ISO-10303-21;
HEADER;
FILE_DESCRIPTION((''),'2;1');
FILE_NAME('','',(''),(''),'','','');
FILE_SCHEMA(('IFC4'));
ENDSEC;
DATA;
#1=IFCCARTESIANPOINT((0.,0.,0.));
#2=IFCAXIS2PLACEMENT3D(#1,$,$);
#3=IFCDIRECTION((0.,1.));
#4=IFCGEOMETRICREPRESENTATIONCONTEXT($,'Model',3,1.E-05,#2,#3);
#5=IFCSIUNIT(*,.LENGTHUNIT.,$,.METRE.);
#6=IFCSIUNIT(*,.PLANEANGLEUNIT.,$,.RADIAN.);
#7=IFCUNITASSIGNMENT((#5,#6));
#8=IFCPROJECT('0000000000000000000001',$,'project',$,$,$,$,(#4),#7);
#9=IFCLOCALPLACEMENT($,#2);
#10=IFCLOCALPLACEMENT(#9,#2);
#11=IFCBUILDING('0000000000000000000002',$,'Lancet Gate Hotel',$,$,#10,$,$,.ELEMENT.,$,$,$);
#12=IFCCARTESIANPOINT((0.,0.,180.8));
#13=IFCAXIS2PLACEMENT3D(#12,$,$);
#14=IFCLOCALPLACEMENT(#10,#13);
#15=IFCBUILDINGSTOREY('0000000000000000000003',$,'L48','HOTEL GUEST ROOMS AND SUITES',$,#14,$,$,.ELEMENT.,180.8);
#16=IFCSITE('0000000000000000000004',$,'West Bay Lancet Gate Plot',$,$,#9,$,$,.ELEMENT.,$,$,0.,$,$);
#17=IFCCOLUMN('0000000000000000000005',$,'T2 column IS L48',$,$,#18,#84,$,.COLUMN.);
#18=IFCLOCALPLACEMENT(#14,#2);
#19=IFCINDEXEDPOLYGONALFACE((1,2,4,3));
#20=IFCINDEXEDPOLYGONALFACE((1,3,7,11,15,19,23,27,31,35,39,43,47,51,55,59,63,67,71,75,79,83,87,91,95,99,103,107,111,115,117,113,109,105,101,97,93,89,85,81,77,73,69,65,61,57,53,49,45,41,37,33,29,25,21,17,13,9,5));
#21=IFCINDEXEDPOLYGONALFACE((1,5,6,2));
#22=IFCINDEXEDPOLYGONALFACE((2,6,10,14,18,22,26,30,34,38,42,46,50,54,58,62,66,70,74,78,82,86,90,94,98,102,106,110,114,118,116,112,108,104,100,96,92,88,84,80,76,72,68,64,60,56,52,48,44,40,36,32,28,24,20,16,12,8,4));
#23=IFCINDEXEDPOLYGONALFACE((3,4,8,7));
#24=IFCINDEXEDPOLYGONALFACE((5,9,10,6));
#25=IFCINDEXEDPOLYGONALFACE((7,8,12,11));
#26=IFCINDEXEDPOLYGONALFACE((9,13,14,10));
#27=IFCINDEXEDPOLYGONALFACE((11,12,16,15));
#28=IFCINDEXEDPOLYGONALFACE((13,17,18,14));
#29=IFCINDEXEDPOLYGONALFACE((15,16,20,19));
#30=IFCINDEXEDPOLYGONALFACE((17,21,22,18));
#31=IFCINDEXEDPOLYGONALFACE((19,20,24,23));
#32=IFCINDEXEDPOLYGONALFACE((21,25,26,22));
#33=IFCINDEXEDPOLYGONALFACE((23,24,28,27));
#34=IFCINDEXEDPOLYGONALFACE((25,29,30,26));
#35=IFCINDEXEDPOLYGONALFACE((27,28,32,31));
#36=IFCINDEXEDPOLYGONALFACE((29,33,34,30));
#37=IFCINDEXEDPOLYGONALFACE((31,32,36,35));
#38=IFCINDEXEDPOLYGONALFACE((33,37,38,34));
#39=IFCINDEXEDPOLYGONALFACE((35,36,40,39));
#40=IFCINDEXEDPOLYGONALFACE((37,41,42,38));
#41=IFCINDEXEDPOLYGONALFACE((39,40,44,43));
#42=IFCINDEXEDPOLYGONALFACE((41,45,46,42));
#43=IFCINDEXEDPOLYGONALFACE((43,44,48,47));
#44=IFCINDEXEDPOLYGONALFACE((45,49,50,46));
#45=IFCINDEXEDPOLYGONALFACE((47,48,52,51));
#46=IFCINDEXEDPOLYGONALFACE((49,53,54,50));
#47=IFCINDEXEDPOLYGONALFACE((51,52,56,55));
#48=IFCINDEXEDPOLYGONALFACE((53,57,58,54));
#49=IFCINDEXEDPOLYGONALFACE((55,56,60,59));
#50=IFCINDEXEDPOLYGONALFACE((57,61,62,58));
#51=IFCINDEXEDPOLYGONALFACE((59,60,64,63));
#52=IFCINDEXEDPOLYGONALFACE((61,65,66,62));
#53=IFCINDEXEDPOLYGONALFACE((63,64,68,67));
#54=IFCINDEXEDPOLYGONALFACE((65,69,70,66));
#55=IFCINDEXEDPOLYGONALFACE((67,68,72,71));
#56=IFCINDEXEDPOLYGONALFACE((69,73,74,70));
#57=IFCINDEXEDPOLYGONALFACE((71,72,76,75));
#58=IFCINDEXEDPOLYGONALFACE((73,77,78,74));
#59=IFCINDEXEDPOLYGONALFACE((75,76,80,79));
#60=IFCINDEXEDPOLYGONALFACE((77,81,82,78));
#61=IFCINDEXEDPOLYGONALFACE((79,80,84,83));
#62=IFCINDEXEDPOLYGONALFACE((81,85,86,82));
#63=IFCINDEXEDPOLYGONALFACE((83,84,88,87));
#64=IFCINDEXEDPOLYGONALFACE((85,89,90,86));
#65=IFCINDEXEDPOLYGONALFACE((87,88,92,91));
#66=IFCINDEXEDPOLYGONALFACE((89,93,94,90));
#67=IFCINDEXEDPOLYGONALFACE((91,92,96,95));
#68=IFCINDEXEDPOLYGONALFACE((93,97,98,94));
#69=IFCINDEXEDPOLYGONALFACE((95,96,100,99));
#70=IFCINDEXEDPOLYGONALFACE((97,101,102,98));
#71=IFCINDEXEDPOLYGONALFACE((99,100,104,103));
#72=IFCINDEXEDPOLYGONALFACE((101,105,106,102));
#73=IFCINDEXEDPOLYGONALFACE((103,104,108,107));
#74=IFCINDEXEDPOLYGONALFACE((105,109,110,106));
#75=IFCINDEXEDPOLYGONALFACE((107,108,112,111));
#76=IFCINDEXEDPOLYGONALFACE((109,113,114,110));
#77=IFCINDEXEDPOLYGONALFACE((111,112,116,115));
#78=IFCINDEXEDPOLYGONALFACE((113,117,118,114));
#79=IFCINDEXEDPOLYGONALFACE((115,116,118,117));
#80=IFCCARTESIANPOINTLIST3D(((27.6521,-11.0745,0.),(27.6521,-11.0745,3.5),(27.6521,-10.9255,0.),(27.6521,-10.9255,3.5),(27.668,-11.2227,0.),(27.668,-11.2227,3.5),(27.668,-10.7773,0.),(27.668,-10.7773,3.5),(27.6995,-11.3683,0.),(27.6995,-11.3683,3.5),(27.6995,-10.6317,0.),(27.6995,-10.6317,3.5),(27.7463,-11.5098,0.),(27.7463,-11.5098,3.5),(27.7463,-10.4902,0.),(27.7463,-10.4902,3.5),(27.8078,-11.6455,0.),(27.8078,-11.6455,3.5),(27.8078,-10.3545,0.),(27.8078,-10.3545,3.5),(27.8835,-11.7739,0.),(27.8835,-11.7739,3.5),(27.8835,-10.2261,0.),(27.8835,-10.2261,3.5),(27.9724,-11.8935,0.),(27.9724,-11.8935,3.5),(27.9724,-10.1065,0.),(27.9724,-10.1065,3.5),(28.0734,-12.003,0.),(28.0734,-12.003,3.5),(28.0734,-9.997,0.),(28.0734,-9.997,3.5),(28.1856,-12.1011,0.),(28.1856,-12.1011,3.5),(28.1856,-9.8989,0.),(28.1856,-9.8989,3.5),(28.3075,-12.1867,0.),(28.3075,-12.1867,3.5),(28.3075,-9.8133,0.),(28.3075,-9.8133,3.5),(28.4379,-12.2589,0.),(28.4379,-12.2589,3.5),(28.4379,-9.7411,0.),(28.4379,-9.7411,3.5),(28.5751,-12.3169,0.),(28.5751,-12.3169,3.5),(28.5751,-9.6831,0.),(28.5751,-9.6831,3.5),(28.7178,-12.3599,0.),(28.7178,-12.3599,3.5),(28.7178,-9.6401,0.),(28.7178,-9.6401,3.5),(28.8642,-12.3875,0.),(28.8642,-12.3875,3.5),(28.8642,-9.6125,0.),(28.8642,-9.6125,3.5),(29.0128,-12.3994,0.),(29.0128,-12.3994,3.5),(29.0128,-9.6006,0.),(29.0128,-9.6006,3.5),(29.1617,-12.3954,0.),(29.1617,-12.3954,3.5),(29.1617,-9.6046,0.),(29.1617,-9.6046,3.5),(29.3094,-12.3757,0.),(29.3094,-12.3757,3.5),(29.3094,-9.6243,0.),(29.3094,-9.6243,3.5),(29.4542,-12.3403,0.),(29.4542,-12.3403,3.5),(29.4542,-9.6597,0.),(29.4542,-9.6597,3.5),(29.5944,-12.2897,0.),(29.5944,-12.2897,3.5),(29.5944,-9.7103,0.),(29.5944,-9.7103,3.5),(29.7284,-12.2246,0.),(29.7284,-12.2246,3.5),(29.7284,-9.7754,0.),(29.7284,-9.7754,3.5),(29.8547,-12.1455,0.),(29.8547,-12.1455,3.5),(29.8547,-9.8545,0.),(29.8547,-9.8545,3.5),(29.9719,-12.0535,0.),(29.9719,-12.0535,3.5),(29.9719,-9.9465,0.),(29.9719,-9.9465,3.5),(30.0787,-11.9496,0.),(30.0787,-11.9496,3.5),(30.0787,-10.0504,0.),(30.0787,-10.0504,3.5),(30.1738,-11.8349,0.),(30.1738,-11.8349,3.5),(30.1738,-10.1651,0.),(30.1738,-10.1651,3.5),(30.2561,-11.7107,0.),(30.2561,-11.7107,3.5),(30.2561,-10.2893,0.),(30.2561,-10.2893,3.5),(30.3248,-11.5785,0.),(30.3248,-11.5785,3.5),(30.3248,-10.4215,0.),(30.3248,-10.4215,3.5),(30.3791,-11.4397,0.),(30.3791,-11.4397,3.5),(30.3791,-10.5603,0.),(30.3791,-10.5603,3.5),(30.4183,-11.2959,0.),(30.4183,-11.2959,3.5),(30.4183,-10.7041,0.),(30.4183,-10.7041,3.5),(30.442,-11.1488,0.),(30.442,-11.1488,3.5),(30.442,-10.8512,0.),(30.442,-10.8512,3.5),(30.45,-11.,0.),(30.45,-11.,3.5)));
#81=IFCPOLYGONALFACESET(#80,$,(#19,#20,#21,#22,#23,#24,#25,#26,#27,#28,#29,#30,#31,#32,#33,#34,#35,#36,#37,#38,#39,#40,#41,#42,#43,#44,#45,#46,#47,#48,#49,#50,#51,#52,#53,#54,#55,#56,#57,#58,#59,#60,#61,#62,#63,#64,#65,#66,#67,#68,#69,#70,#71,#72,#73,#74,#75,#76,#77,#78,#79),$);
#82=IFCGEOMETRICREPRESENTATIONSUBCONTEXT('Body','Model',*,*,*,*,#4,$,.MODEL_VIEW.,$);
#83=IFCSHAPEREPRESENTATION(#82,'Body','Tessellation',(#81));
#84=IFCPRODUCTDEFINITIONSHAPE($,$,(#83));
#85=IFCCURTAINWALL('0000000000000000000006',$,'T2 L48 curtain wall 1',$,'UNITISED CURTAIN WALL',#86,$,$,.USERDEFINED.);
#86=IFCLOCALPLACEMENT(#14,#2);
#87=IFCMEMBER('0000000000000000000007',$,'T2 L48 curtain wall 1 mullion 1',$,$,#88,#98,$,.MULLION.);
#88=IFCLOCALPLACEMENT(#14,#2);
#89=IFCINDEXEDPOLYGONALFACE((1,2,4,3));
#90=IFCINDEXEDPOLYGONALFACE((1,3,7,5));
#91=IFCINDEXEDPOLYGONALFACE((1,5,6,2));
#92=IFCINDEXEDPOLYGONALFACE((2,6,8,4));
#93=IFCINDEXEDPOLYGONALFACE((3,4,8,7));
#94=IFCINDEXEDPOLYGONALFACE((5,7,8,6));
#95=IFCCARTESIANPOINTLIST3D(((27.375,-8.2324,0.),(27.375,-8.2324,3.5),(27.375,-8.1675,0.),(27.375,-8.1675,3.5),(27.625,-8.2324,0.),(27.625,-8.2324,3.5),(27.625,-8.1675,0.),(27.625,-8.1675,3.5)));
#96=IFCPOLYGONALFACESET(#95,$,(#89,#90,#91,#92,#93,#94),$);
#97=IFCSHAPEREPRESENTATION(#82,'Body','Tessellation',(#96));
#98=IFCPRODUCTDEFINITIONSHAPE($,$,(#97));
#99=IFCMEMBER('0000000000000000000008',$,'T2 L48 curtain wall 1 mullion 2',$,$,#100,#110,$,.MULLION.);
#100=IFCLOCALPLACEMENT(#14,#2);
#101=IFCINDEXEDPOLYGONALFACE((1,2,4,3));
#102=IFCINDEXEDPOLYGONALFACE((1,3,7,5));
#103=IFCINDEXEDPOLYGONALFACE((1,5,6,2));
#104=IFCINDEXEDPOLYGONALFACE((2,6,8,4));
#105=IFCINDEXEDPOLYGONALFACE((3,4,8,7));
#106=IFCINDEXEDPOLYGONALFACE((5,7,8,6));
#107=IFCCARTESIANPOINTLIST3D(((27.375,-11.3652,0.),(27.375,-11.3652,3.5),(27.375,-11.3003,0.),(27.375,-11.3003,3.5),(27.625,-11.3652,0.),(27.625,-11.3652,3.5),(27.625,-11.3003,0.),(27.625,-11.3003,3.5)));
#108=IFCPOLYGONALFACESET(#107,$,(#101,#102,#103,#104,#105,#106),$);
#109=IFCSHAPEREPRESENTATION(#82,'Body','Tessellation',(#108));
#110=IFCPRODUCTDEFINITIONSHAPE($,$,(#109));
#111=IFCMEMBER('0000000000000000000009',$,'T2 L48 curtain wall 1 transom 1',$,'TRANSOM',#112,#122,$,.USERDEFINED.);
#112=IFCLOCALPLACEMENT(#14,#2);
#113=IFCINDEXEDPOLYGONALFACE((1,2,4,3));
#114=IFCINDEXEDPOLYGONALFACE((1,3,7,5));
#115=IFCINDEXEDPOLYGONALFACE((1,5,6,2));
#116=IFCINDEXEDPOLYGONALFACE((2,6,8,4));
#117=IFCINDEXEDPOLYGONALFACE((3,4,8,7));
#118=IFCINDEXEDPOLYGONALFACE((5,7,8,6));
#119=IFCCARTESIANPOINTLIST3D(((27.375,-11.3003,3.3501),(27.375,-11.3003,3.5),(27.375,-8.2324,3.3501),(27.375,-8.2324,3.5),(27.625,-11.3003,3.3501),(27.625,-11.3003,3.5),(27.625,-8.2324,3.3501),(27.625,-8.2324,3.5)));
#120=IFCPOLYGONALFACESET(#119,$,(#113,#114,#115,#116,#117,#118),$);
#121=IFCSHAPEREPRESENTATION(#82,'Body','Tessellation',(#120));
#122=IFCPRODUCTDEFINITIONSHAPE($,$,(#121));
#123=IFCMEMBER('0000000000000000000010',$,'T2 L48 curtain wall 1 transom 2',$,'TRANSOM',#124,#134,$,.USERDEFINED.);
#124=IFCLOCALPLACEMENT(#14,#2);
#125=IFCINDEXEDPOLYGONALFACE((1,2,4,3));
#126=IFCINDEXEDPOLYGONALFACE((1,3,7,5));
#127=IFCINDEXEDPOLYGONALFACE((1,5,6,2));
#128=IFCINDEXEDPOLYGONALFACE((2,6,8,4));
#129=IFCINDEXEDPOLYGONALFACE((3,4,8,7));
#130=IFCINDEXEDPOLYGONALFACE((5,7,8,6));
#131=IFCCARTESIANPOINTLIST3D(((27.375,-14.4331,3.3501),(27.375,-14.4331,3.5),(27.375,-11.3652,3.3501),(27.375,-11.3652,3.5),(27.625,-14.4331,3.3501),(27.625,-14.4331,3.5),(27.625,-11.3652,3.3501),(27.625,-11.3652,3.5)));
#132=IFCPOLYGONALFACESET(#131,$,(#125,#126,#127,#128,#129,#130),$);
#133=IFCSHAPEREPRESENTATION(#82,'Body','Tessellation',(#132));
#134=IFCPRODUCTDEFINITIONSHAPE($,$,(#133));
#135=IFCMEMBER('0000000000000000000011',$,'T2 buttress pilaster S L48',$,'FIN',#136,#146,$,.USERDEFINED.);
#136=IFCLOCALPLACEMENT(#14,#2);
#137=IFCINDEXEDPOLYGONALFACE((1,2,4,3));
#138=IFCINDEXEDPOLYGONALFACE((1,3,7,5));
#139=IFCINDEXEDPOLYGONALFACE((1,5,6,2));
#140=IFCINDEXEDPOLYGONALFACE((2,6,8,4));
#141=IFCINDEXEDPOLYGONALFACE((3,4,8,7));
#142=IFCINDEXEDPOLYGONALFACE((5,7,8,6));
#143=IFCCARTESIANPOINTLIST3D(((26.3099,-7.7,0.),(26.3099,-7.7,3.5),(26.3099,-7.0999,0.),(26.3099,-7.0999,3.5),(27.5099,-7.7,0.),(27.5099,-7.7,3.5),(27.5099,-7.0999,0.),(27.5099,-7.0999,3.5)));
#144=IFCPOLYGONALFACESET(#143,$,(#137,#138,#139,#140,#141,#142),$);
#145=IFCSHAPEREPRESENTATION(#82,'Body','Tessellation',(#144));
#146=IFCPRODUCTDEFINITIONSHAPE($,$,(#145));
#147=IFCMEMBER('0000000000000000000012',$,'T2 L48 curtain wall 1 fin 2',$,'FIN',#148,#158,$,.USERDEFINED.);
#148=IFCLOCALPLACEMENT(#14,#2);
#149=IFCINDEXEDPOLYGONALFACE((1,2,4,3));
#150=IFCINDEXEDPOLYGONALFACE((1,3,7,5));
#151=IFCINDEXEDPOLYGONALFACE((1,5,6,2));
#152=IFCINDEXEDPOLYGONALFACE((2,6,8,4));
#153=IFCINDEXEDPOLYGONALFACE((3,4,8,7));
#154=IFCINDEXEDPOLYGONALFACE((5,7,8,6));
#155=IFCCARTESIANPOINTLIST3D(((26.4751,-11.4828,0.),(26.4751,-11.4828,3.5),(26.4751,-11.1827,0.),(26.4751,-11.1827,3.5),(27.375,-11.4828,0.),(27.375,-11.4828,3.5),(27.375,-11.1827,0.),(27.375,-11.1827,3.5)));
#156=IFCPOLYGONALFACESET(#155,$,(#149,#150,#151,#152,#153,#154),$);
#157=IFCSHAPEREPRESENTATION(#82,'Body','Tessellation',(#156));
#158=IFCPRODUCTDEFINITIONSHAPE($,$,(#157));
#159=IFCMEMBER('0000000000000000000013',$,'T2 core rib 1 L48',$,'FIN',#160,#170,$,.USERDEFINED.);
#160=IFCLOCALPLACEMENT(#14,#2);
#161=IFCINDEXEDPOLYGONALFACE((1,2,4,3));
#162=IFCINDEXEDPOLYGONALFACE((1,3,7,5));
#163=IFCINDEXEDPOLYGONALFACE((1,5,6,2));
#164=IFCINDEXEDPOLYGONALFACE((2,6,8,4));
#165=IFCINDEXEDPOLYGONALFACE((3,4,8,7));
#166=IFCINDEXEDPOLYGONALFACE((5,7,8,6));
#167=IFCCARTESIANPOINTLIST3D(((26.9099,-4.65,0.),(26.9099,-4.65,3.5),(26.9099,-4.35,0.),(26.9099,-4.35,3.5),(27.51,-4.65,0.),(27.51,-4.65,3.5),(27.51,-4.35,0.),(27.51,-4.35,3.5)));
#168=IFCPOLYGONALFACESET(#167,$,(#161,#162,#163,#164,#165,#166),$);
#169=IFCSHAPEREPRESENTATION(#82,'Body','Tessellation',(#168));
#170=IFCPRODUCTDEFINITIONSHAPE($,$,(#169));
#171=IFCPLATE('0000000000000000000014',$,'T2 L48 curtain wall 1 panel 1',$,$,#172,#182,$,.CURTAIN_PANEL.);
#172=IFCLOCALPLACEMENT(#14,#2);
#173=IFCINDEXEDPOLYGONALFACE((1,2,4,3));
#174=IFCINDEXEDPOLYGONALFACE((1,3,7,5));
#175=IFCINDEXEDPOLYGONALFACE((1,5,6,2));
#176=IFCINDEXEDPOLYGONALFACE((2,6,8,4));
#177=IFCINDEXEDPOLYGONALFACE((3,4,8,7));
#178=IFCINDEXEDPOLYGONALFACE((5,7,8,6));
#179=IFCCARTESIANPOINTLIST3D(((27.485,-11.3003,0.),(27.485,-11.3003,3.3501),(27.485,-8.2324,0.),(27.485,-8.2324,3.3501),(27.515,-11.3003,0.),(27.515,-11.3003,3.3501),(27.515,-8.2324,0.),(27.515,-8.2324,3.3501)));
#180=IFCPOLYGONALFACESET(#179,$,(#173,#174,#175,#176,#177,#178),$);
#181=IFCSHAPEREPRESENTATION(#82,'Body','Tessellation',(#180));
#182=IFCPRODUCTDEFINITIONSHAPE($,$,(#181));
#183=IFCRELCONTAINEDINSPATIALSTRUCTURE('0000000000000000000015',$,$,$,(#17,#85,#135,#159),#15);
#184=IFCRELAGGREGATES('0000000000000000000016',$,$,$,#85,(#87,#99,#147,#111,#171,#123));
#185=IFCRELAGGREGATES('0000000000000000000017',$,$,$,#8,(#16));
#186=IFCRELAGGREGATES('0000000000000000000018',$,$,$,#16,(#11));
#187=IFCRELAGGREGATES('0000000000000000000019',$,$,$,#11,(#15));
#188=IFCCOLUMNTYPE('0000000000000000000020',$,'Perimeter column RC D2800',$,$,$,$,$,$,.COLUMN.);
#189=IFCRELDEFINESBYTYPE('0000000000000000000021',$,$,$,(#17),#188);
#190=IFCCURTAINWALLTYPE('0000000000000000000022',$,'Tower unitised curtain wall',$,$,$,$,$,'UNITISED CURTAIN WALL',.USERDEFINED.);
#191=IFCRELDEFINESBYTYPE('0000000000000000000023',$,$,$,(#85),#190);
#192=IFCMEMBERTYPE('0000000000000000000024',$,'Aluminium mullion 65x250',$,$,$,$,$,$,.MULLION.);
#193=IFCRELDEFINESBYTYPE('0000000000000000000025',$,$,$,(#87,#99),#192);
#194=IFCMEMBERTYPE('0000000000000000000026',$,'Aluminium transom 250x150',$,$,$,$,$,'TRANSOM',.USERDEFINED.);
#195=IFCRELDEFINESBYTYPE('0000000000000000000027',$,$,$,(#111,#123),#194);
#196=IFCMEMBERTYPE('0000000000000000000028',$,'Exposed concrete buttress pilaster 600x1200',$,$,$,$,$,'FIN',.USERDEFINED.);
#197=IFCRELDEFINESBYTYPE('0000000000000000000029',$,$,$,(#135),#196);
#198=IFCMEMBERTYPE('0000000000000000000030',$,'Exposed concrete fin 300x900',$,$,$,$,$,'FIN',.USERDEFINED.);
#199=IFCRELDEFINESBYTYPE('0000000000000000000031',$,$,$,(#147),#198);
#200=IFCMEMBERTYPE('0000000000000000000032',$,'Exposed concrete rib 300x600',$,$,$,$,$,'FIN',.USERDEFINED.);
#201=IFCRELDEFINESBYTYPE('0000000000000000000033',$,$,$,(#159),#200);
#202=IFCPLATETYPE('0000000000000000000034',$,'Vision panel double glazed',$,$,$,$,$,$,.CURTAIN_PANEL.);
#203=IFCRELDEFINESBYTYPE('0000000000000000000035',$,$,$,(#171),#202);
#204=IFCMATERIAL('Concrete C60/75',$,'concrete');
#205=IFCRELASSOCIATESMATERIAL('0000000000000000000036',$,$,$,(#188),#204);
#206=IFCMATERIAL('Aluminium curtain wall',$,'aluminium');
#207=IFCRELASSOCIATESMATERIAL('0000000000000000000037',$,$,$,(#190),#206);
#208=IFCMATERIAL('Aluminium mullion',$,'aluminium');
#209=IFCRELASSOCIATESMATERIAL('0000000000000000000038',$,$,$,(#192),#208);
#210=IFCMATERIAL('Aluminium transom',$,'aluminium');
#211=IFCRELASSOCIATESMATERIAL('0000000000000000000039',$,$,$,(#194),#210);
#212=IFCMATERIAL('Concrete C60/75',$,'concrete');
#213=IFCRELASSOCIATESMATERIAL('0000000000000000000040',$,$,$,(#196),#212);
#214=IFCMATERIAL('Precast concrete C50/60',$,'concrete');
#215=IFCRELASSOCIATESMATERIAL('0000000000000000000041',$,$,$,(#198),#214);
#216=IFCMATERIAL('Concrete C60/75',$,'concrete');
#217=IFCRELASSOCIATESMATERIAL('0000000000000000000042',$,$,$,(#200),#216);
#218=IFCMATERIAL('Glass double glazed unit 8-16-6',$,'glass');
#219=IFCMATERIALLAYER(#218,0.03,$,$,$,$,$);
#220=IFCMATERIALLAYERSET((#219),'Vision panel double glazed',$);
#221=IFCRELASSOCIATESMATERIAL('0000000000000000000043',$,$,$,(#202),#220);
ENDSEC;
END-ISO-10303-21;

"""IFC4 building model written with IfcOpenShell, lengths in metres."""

from ifc_helpers import new_model, si_unit, direction, frame, origin, origin_2d, place, context, subcontext, project, spatial, rectangle, circle, extrude, material, layer, layer_set, material_profile, profile_set, type_object, element, aggregate, save


model = new_model("IFC4")

# Units and contexts
model_context = context("Model", 3, precision=1e-05, world=origin(), true_north=direction((0.0, 1.0)))
body_context = subcontext(model_context, "Body", "Model", "MODEL_VIEW")
ifc_project = project(units=[si_unit("LENGTHUNIT", "METRE"), si_unit("PLANEANGLEUNIT", "RADIAN")], contexts=[model_context])

# Site, building, storey
site_placement = place(None, origin())
site = spatial("IfcSite", under=ifc_project, at=site_placement, Name="West Bay Lancet Gate Plot", CompositionType="ELEMENT", RefElevation=0.0)
building_placement = place(site_placement, origin())
building = spatial("IfcBuilding", under=site, at=building_placement, Name="Lancet Gate Hotel", CompositionType="ELEMENT")
storey_placement = place(building_placement, frame((0.0, 0.0, 180.8)))
storey = spatial("IfcBuildingStorey", under=building, at=storey_placement, Name="L48", Description="HOTEL GUEST ROOMS AND SUITES", CompositionType="ELEMENT", Elevation=180.8)

# Column
ifc_material_1 = material(Name="Concrete C60/75", Category="concrete")
ifc_material_profile_1 = material_profile(ifc_material_1, circle(Radius=1.3999, at=origin_2d()), Name="RC D2800")
ifc_profile_set_1 = profile_set([ifc_material_profile_1], Name="Concrete C60/75")
column_type = type_object("IfcColumnType", Name="Perimeter column RC D2800", PredefinedType="COLUMN", material=ifc_profile_set_1)
column_placement = place(storey_placement, frame((29.05, -11.0, 0.0), z_axis=(0.0, 0.0, 1.0), x_axis=(1.0, 0.0, 0.0)))
element("IfcColumn", 1, at=column_placement, inside=storey, type_object=column_type, Name="T2 column IS L48", PredefinedType="COLUMN", context=body_context, shape_type="SweptSolid", body=[
    extrude(circle(Radius=1.3999, at=origin_2d()), origin(), (0.0, 0.0, 1.0), 3.5),
])

# Curtain wall, members
ifc_material_2 = material(Name="Aluminium curtain wall", Category="aluminium")
curtain_wall_type = type_object("IfcCurtainWallType", Name="Tower unitised curtain wall", ElementType="UNITISED CURTAIN WALL", PredefinedType="USERDEFINED", material=ifc_material_2)
curtain_wall_placement = place(storey_placement, origin())
curtain_wall = element("IfcCurtainWall", 2, at=curtain_wall_placement, inside=storey, type_object=curtain_wall_type, Name="T2 L48 curtain wall 1", ObjectType="UNITISED CURTAIN WALL", PredefinedType="USERDEFINED")
ifc_material_3 = material(Name="Aluminium mullion", Category="aluminium")
ifc_material_profile_2 = material_profile(ifc_material_3, rectangle(XDim=0.0649, YDim=0.25, at=origin_2d()), Name="MULLION 65x250")
ifc_profile_set_2 = profile_set([ifc_material_profile_2], Name="Aluminium mullion")
member_type_1 = type_object("IfcMemberType", Name="Aluminium mullion 65x250", PredefinedType="MULLION", material=ifc_profile_set_2)
member_1_placement = place(storey_placement, frame((27.5, -8.2, 0.0), z_axis=(0.0, 0.0, 1.0), x_axis=(0.0, -1.0, 0.0)))
member_1 = element("IfcMember", 3, at=member_1_placement, type_object=member_type_1, Name="T2 L48 curtain wall 1 mullion 1", PredefinedType="MULLION", context=body_context, shape_type="SweptSolid", body=[
    extrude(rectangle(XDim=0.0649, YDim=0.25, at=origin_2d()), origin(), (0.0, 0.0, 1.0), 3.5),
])
member_2_placement = place(storey_placement, frame((27.5, -11.3328, 0.0), z_axis=(0.0, 0.0, 1.0), x_axis=(0.0, -1.0, 0.0)))
member_2 = element("IfcMember", 4, at=member_2_placement, type_object=member_type_1, Name="T2 L48 curtain wall 1 mullion 2", PredefinedType="MULLION", context=body_context, shape_type="SweptSolid", body=[
    extrude(rectangle(XDim=0.0649, YDim=0.25, at=origin_2d()), origin(), (0.0, 0.0, 1.0), 3.5),
])
ifc_material_4 = material(Name="Aluminium transom", Category="aluminium")
ifc_material_profile_3 = material_profile(ifc_material_4, rectangle(XDim=0.25, YDim=0.1499, at=origin_2d()), Name="TRANSOM 250x150")
ifc_profile_set_3 = profile_set([ifc_material_profile_3], Name="Aluminium transom")
member_type_2 = type_object("IfcMemberType", Name="Aluminium transom 250x150", ElementType="TRANSOM", PredefinedType="USERDEFINED", material=ifc_profile_set_3)
member_3_placement = place(storey_placement, frame((27.5, -8.2324, 3.425), z_axis=(0.0, -1.0, 0.0), x_axis=(1.0, 0.0, 0.0)))
member_3 = element("IfcMember", 5, at=member_3_placement, type_object=member_type_2, Name="T2 L48 curtain wall 1 transom 1", ObjectType="TRANSOM", PredefinedType="USERDEFINED", context=body_context, shape_type="SweptSolid", body=[
    extrude(rectangle(XDim=0.25, YDim=0.1499, at=origin_2d()), origin(), (0.0, 0.0, 1.0), 3.0679),
])
member_4_placement = place(storey_placement, frame((27.5, -11.3652, 3.425), z_axis=(0.0, -1.0, 0.0), x_axis=(1.0, 0.0, 0.0)))
member_4 = element("IfcMember", 6, at=member_4_placement, type_object=member_type_2, Name="T2 L48 curtain wall 1 transom 2", ObjectType="TRANSOM", PredefinedType="USERDEFINED", context=body_context, shape_type="SweptSolid", body=[
    extrude(rectangle(XDim=0.25, YDim=0.1499, at=origin_2d()), origin(), (0.0, 0.0, 1.0), 3.0679),
])

# Members
ifc_material_5 = material(Name="Concrete C60/75", Category="concrete")
ifc_material_profile_4 = material_profile(ifc_material_5, rectangle(XDim=0.6001, YDim=1.2, at=origin_2d()), Name="FIN 600x1200")
ifc_profile_set_4 = profile_set([ifc_material_profile_4], Name="Concrete C60/75")
member_type_3 = type_object("IfcMemberType", Name="Exposed concrete buttress pilaster 600x1200", ElementType="FIN", PredefinedType="USERDEFINED", material=ifc_profile_set_4)
member_5_placement = place(storey_placement, frame((26.9099, -7.3999, 0.0), z_axis=(0.0, 0.0, 1.0), x_axis=(0.0, 1.0, 0.0)))
element("IfcMember", 7, at=member_5_placement, inside=storey, type_object=member_type_3, Name="T2 buttress pilaster S L48", ObjectType="FIN", PredefinedType="USERDEFINED", context=body_context, shape_type="SweptSolid", body=[
    extrude(rectangle(XDim=0.6001, YDim=1.2, at=origin_2d()), origin(), (0.0, 0.0, 1.0), 3.5),
])
ifc_material_6 = material(Name="Precast concrete C50/60", Category="concrete")
ifc_material_profile_5 = material_profile(ifc_material_6, rectangle(XDim=0.3, YDim=0.8999, at=origin_2d()), Name="FIN 300x900")
ifc_profile_set_5 = profile_set([ifc_material_profile_5], Name="Precast concrete C50/60")
member_type_4 = type_object("IfcMemberType", Name="Exposed concrete fin 300x900", ElementType="FIN", PredefinedType="USERDEFINED", material=ifc_profile_set_5)
member_6_placement = place(storey_placement, frame((26.925, -11.3328, 0.0), z_axis=(0.0, 0.0, 1.0), x_axis=(0.0, -1.0, 0.0)))
member_6 = element("IfcMember", 8, at=member_6_placement, type_object=member_type_4, Name="T2 L48 curtain wall 1 fin 2", ObjectType="FIN", PredefinedType="USERDEFINED", context=body_context, shape_type="SweptSolid", body=[
    extrude(rectangle(XDim=0.3, YDim=0.8999, at=origin_2d()), origin(), (0.0, 0.0, 1.0), 3.5),
])
ifc_material_7 = material(Name="Concrete C60/75", Category="concrete")
ifc_material_profile_6 = material_profile(ifc_material_7, rectangle(XDim=0.3, YDim=0.6001, at=origin_2d()), Name="FIN 300x600")
ifc_profile_set_6 = profile_set([ifc_material_profile_6], Name="Concrete C60/75")
member_type_5 = type_object("IfcMemberType", Name="Exposed concrete rib 300x600", ElementType="FIN", PredefinedType="USERDEFINED", material=ifc_profile_set_6)
member_7_placement = place(storey_placement, frame((27.21, -4.5, 0.0), z_axis=(0.0, 0.0, 1.0), x_axis=(0.0, 1.0, 0.0)))
element("IfcMember", 9, at=member_7_placement, inside=storey, type_object=member_type_5, Name="T2 core rib 1 L48", ObjectType="FIN", PredefinedType="USERDEFINED", context=body_context, shape_type="SweptSolid", body=[
    extrude(rectangle(XDim=0.3, YDim=0.6001, at=origin_2d()), origin(), (0.0, 0.0, 1.0), 3.5),
])

# Plate
ifc_material_8 = material(Name="Glass double glazed unit 8-16-6", Category="glass")
ifc_layer_1 = layer(ifc_material_8, 0.03)
ifc_layer_set_1 = layer_set([ifc_layer_1], Name="Vision panel double glazed")
plate_type = type_object("IfcPlateType", Name="Vision panel double glazed", PredefinedType="CURTAIN_PANEL", material=ifc_layer_set_1)
plate_1_placement = place(storey_placement, frame((27.5, -9.7664, 0.0), z_axis=(0.0, 0.0, 1.0), x_axis=(0.0, -1.0, 0.0)))
plate_1 = element("IfcPlate", 10, at=plate_1_placement, type_object=plate_type, Name="T2 L48 curtain wall 1 panel 1", PredefinedType="CURTAIN_PANEL", context=body_context, shape_type="SweptSolid", body=[
    extrude(rectangle(XDim=3.0679, YDim=0.03, at=origin_2d()), origin(), (0.0, 0.0, 1.0), 3.3501),
])
aggregate(curtain_wall, [member_1, member_2, member_6, member_3, plate_1, member_4])

save(model, "model.ifc")
